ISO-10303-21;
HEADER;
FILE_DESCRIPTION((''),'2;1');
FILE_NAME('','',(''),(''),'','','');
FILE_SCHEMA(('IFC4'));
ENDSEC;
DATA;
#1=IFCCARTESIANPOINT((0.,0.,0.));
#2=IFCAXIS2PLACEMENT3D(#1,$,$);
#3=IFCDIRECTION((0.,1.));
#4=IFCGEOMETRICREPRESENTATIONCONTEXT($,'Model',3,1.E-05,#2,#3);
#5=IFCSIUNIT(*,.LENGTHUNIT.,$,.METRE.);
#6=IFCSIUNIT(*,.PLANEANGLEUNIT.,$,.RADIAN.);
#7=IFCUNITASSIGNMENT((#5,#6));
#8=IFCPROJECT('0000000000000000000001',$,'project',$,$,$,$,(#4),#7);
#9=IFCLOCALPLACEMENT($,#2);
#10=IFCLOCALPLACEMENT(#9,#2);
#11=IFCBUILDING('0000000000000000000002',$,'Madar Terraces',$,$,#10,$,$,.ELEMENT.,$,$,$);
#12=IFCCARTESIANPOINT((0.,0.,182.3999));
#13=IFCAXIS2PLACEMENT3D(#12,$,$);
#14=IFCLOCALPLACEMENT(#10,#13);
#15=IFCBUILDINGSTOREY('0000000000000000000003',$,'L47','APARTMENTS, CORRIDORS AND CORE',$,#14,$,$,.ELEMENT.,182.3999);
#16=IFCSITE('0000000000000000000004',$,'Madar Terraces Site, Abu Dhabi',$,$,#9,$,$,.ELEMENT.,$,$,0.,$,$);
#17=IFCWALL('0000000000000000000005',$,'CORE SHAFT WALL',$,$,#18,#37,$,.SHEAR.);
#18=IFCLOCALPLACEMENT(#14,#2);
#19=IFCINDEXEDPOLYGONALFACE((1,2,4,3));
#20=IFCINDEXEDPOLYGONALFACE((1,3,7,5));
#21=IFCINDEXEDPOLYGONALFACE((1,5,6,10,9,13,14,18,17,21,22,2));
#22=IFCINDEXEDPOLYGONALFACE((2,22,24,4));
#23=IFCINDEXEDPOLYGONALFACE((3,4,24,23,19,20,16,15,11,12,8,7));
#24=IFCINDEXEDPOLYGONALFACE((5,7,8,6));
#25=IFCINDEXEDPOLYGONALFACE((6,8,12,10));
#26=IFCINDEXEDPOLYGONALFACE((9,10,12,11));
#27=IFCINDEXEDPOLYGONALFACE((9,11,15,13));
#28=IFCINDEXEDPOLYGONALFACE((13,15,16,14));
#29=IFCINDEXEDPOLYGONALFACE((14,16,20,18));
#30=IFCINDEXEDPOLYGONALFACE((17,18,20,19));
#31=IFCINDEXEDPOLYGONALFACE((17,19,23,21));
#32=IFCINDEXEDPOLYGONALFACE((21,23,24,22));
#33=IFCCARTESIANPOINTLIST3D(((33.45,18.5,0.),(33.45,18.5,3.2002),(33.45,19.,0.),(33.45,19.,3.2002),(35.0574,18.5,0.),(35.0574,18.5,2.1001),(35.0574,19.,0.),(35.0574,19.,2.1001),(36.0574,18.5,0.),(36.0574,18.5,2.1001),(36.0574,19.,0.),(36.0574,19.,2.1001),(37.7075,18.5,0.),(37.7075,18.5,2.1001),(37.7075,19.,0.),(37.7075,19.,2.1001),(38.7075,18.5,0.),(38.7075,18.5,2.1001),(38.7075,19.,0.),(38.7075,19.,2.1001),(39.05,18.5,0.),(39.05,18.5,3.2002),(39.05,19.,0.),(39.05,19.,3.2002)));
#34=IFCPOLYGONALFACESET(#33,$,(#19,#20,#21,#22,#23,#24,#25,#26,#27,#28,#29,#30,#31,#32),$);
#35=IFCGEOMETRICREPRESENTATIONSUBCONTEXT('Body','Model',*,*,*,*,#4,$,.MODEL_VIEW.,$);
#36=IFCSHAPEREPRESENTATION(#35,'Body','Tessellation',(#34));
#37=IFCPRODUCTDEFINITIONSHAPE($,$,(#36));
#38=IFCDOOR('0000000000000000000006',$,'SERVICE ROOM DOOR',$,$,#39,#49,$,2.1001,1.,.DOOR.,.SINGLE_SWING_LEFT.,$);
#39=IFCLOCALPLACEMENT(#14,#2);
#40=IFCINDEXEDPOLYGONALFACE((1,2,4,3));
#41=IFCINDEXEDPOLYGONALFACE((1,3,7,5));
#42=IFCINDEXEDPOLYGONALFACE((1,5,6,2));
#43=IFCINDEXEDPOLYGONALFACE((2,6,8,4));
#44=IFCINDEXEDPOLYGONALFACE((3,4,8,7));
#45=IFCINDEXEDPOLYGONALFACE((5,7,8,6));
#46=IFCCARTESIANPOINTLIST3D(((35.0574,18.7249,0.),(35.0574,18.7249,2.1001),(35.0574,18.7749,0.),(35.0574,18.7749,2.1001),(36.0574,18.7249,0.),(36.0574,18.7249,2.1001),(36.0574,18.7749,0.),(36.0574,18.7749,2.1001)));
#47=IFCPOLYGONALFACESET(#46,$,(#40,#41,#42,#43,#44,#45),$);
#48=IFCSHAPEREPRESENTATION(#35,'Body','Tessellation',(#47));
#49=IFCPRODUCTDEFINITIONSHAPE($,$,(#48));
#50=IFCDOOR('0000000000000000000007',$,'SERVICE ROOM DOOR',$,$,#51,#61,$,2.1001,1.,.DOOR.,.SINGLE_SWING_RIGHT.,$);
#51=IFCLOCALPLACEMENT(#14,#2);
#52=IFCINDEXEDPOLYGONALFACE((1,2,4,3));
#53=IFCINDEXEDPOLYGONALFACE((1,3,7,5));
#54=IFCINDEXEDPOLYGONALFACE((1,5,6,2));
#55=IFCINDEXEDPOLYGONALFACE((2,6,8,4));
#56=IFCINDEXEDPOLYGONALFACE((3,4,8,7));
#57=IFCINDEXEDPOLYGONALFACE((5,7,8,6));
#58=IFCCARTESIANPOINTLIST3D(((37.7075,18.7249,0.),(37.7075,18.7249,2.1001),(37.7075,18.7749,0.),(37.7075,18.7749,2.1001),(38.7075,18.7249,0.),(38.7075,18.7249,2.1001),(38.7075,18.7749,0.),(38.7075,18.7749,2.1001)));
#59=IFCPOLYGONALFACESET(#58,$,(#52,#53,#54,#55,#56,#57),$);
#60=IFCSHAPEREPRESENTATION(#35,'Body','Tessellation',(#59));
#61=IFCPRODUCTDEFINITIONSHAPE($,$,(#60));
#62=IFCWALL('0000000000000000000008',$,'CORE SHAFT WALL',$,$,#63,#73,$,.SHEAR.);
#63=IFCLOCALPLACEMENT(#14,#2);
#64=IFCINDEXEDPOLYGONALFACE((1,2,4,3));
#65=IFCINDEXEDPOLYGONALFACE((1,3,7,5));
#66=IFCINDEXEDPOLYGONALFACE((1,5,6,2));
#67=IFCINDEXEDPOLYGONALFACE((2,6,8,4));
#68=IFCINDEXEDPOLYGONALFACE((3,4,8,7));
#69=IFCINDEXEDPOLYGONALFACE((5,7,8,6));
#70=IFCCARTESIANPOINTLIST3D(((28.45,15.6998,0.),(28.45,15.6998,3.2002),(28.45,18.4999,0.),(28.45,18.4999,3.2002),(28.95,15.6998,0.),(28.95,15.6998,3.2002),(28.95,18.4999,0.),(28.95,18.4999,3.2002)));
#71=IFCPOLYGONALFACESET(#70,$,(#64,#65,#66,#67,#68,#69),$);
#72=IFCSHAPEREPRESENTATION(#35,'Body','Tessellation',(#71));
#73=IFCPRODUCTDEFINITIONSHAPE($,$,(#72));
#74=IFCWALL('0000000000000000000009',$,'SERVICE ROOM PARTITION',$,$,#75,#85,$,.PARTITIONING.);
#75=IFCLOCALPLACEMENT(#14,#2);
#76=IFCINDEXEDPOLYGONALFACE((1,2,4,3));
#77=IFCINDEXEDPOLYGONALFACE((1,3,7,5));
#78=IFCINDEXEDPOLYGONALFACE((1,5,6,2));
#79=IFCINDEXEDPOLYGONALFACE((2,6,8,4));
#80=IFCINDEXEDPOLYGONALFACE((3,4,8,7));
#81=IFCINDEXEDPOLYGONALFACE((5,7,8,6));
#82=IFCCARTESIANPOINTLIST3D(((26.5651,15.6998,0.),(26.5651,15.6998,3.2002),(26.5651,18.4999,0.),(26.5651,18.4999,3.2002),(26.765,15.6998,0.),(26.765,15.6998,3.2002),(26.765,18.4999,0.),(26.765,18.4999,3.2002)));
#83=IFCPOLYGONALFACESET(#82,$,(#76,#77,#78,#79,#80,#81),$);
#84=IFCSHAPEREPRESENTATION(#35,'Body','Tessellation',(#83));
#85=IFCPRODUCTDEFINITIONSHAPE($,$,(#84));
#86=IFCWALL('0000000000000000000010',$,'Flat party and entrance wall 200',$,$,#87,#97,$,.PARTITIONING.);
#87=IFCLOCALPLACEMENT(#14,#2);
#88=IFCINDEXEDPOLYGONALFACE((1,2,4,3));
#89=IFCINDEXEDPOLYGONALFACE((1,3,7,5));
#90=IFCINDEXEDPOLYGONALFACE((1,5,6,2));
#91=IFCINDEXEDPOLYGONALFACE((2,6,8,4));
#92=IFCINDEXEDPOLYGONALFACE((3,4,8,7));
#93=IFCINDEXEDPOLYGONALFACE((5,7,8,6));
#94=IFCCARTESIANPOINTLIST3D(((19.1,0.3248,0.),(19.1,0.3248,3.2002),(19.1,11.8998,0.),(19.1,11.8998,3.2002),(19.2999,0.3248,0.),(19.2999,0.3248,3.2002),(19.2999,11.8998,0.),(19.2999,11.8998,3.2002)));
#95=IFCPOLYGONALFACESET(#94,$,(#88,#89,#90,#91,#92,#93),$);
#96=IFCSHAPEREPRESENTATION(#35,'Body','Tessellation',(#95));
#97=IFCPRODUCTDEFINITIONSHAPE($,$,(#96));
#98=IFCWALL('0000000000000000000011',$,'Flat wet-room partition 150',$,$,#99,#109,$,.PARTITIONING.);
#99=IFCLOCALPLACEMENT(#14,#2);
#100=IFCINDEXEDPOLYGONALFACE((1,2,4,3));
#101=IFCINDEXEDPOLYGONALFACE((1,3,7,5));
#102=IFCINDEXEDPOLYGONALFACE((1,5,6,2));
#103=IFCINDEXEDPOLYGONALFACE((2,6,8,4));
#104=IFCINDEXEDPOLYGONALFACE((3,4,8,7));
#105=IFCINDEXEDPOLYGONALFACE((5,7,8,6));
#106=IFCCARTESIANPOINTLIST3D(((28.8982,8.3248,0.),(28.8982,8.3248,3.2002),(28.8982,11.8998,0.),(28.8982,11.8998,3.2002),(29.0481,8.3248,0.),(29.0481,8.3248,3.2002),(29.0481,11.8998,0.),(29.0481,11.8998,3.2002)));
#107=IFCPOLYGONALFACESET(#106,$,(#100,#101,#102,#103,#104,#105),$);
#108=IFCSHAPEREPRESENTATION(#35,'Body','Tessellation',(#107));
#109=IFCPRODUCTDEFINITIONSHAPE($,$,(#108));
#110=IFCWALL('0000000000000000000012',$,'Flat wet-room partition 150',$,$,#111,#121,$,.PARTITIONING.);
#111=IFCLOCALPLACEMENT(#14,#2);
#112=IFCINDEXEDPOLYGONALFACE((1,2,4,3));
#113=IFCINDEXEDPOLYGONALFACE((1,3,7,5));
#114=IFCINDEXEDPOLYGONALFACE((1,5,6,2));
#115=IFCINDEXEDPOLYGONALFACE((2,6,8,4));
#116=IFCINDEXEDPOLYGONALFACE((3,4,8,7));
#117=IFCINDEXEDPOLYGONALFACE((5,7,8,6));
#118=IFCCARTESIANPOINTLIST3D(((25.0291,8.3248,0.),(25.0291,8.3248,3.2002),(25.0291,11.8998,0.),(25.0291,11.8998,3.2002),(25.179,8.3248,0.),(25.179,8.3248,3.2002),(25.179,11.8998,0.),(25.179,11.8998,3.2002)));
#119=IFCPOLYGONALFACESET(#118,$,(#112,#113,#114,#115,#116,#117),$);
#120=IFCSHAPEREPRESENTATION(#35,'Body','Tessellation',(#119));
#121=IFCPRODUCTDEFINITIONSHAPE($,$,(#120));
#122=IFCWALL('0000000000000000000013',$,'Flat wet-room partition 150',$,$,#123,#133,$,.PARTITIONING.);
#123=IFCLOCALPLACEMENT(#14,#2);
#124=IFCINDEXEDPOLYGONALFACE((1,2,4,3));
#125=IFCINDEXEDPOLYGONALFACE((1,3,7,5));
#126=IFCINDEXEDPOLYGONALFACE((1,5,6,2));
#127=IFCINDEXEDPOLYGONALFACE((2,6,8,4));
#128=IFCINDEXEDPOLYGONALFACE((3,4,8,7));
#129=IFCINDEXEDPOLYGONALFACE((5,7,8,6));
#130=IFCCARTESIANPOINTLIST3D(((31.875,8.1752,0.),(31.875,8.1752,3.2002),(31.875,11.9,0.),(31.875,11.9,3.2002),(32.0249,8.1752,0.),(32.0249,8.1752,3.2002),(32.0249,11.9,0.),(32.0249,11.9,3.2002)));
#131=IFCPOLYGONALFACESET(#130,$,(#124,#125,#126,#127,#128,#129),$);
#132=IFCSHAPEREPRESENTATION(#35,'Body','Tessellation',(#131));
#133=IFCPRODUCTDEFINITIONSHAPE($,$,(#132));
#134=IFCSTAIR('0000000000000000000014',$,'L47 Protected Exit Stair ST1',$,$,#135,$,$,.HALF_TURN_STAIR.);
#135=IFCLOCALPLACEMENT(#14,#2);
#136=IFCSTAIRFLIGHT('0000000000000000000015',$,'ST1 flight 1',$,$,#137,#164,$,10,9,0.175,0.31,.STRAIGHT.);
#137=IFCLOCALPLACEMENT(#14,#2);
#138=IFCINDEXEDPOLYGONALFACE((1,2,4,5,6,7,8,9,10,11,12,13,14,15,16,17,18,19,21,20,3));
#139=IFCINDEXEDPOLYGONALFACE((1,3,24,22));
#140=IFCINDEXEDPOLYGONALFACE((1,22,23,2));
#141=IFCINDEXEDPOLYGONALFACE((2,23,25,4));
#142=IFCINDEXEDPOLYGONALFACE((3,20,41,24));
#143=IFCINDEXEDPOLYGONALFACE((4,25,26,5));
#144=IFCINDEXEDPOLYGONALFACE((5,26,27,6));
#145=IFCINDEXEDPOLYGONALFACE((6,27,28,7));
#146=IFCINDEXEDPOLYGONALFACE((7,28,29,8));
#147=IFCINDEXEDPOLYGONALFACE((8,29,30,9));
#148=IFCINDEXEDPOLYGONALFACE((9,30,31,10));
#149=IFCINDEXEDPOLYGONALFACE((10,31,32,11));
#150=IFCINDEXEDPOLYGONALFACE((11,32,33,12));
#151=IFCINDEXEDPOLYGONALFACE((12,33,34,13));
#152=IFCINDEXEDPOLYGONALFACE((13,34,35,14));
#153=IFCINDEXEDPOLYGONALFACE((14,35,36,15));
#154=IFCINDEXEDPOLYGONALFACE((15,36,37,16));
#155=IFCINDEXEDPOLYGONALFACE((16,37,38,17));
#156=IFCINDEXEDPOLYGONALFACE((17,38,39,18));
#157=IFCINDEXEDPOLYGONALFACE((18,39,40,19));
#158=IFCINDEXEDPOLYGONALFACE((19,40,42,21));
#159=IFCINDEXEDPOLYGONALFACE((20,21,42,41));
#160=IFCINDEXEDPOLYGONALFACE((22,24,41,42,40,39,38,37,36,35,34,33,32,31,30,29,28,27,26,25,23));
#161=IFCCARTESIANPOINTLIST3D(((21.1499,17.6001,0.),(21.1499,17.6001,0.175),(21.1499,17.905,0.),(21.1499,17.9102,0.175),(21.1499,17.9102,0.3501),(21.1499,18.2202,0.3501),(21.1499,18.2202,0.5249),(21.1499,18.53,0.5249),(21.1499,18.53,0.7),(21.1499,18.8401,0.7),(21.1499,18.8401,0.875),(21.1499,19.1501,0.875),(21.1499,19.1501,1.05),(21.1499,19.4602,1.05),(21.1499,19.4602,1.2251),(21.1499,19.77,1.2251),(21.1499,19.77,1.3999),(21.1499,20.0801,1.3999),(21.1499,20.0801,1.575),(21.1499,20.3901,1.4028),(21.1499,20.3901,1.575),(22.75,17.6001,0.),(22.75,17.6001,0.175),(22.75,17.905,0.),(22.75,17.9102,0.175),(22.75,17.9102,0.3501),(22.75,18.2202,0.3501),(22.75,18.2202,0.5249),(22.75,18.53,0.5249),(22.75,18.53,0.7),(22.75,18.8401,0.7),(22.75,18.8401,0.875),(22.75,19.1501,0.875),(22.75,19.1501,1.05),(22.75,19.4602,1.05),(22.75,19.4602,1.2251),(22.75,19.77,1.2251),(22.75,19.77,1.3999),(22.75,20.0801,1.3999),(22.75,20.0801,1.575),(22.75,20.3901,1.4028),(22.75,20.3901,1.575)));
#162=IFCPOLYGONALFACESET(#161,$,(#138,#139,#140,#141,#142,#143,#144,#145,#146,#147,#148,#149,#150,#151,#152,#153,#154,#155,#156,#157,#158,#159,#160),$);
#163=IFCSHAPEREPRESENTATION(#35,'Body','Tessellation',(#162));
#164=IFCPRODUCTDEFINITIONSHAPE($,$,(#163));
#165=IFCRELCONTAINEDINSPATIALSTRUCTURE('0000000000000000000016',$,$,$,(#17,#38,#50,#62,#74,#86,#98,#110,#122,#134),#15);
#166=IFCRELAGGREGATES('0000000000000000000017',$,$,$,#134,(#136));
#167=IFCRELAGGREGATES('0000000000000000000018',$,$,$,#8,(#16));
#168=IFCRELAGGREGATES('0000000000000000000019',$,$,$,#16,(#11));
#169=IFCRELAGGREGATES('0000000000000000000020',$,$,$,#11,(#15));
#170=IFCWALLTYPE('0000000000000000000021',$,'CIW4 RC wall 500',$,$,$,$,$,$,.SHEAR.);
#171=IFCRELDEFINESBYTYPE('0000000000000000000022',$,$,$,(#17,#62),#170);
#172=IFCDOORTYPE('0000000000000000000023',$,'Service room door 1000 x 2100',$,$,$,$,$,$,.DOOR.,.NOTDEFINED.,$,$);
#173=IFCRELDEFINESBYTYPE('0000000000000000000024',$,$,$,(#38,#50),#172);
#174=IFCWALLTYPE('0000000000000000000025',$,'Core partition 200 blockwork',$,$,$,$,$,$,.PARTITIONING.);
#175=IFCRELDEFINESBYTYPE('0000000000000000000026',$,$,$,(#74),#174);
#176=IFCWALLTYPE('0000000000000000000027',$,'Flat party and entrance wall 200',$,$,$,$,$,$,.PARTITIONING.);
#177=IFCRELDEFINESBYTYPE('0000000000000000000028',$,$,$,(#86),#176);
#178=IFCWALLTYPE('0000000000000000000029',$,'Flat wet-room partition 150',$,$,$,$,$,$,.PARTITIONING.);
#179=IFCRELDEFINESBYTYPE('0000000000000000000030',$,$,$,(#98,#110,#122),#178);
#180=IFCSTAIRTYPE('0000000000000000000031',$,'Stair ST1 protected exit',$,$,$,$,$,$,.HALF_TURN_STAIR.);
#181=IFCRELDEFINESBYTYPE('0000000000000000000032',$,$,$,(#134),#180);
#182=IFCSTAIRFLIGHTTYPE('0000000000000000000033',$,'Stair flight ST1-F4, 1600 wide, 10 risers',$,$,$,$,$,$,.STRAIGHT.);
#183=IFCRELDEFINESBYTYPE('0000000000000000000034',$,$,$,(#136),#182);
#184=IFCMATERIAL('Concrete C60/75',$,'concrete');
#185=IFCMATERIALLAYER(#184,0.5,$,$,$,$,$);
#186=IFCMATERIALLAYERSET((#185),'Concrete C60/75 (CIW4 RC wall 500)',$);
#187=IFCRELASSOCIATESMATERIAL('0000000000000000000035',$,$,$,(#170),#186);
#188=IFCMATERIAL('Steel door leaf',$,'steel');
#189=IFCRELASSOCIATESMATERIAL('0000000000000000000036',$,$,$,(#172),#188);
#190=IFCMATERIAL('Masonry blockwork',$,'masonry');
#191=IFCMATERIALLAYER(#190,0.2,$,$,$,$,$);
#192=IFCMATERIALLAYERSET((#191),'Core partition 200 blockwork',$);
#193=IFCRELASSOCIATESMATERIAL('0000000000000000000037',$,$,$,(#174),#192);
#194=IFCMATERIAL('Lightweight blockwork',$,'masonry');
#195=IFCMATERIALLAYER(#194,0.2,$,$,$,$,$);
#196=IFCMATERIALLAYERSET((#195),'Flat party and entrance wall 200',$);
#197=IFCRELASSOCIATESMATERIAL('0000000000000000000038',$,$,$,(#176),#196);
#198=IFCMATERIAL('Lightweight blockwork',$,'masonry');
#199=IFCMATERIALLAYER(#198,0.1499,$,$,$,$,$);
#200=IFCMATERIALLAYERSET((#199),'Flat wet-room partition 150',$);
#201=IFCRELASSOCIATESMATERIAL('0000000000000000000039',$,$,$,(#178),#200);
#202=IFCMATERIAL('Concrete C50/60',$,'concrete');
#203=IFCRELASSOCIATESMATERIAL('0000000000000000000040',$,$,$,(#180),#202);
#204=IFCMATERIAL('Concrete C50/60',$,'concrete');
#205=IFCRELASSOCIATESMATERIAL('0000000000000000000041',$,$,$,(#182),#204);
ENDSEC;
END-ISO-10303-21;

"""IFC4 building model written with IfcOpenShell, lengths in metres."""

from ifc_helpers import new_model, si_unit, direction, frame, frame_2d, origin, place, context, subcontext, project, spatial, polyline, rectangle, outline, extrude, material, layer, layer_set, type_object, element, fill, aggregate, save


model = new_model("IFC4")

# Units and contexts
model_context = context("Model", 3, precision=1e-05, world=origin(), true_north=direction((0.0, 1.0)))
body_context = subcontext(model_context, "Body", "Model", "MODEL_VIEW")
ifc_project = project(units=[si_unit("LENGTHUNIT", "METRE"), si_unit("PLANEANGLEUNIT", "RADIAN")], contexts=[model_context])

# Site, building, storey
site_placement = place(None, origin())
site = spatial("IfcSite", under=ifc_project, at=site_placement, Name="Madar Terraces Site, Abu Dhabi", CompositionType="ELEMENT", RefElevation=0.0)
building_placement = place(site_placement, origin())
building = spatial("IfcBuilding", under=site, at=building_placement, Name="Madar Terraces", CompositionType="ELEMENT")
storey_placement = place(building_placement, frame((0.0, 0.0, 182.3999)))
storey = spatial("IfcBuildingStorey", under=building, at=storey_placement, Name="L47", Description="APARTMENTS, CORRIDORS AND CORE", CompositionType="ELEMENT", Elevation=182.3999)

# Shared definitions
ifc_material_1 = material(Name="Concrete C60/75", Category="concrete")
ifc_layer_1 = layer(ifc_material_1, 0.5)
ifc_layer_set_1 = layer_set([ifc_layer_1], Name="Concrete C60/75 (CIW4 RC wall 500)")
wall_type_1 = type_object("IfcWallType", Name="CIW4 RC wall 500", PredefinedType="SHEAR", material=ifc_layer_set_1)

# Wall, openings, doors
ifc_material_2 = material(Name="Steel door leaf", Category="steel")
door_type_1 = type_object("IfcDoorType", Name="Service room door 1000 x 2100", OperationType="NOTDEFINED", PredefinedType="DOOR", material=ifc_material_2)
wall_1_placement = place(storey_placement, frame((33.45, 18.75, 0.0), z_axis=(0.0, 0.0, 1.0), x_axis=(1.0, 0.0, 0.0)))
wall_1 = element("IfcWall", 1, at=wall_1_placement, inside=storey, type_object=wall_type_1, Name="CORE SHAFT WALL", PredefinedType="SHEAR", context=body_context, shape_type="SweptSolid", body=[
    extrude(rectangle(XDim=5.6001, YDim=0.5, at=frame_2d((2.8, 0.0))), origin(), (0.0, 0.0, 1.0), 3.2002),
])
opening_1_placement = place(wall_1_placement, frame((1.6074, 0.0, 0.0)))
opening_1 = element("IfcOpeningElement", 2, at=opening_1_placement, cuts=wall_1, PredefinedType="OPENING", context=body_context, shape_type="SweptSolid", body=[
    extrude(rectangle(XDim=1.0, YDim=2.1001, at=frame_2d((0.5, 1.05))), frame((0.0, 0.26, 0.0), z_axis=(0.0, -1.0, 0.0), x_axis=(1.0, 0.0, 0.0)), (0.0, 0.0, 1.0), 0.52),
])
opening_2_placement = place(wall_1_placement, frame((4.2576, 0.0, 0.0)))
opening_2 = element("IfcOpeningElement", 3, at=opening_2_placement, cuts=wall_1, PredefinedType="OPENING", context=body_context, shape_type="SweptSolid", body=[
    extrude(rectangle(XDim=1.0, YDim=2.1001, at=frame_2d((0.5, 1.05))), frame((0.0, 0.26, 0.0), z_axis=(0.0, -1.0, 0.0), x_axis=(1.0, 0.0, 0.0)), (0.0, 0.0, 1.0), 0.52),
])
door_1_placement = place(opening_1_placement, origin())
door_1 = element("IfcDoor", 4, at=door_1_placement, inside=storey, type_object=door_type_1, Name="SERVICE ROOM DOOR", OperationType="SINGLE_SWING_LEFT", OverallHeight=2.1001, OverallWidth=1.0, PredefinedType="DOOR", context=body_context, shape_type="SweptSolid", body=[
    extrude(rectangle(XDim=1.0, YDim=2.1001, at=frame_2d((0.5, 1.05))), frame((0.0, 0.0249, 0.0), z_axis=(0.0, -1.0, 0.0), x_axis=(1.0, 0.0, 0.0)), (0.0, 0.0, 1.0), 0.05),
])
fill(opening_1, door_1)
door_2_placement = place(opening_2_placement, origin())
door_2 = element("IfcDoor", 5, at=door_2_placement, inside=storey, type_object=door_type_1, Name="SERVICE ROOM DOOR", OperationType="SINGLE_SWING_RIGHT", OverallHeight=2.1001, OverallWidth=1.0, PredefinedType="DOOR", context=body_context, shape_type="SweptSolid", body=[
    extrude(rectangle(XDim=1.0, YDim=2.1001, at=frame_2d((0.5, 1.05))), frame((0.0, 0.0249, 0.0), z_axis=(0.0, -1.0, 0.0), x_axis=(1.0, 0.0, 0.0)), (0.0, 0.0, 1.0), 0.05),
])
fill(opening_2, door_2)

# Walls
wall_2_placement = place(storey_placement, frame((28.7, 15.7, 0.0), z_axis=(0.0, 0.0, 1.0), x_axis=(0.0, 1.0, 0.0)))
element("IfcWall", 6, at=wall_2_placement, inside=storey, type_object=wall_type_1, Name="CORE SHAFT WALL", PredefinedType="SHEAR", context=body_context, shape_type="SweptSolid", body=[
    extrude(rectangle(XDim=2.8, YDim=0.5, at=frame_2d((1.3999, 0.0))), origin(), (0.0, 0.0, 1.0), 3.2002),
])
ifc_material_3 = material(Name="Masonry blockwork", Category="masonry")
ifc_layer_2 = layer(ifc_material_3, 0.2)
ifc_layer_set_2 = layer_set([ifc_layer_2], Name="Core partition 200 blockwork")
wall_type_2 = type_object("IfcWallType", Name="Core partition 200 blockwork", PredefinedType="PARTITIONING", material=ifc_layer_set_2)
wall_3_placement = place(storey_placement, frame((26.665, 15.7, 0.0), z_axis=(0.0, 0.0, 1.0), x_axis=(0.0, 1.0, 0.0)))
element("IfcWall", 7, at=wall_3_placement, inside=storey, type_object=wall_type_2, Name="SERVICE ROOM PARTITION", PredefinedType="PARTITIONING", context=body_context, shape_type="SweptSolid", body=[
    extrude(rectangle(XDim=2.8, YDim=0.2, at=frame_2d((1.3999, 0.0))), origin(), (0.0, 0.0, 1.0), 3.2002),
])
ifc_material_4 = material(Name="Lightweight blockwork", Category="masonry")
ifc_layer_3 = layer(ifc_material_4, 0.2)
ifc_layer_set_3 = layer_set([ifc_layer_3], Name="Flat party and entrance wall 200")
wall_type_3 = type_object("IfcWallType", Name="Flat party and entrance wall 200", PredefinedType="PARTITIONING", material=ifc_layer_set_3)
wall_4_placement = place(storey_placement, frame((19.2, 11.8999, 0.0), z_axis=(0.0, 0.0, 1.0), x_axis=(0.0, -1.0, 0.0)))
element("IfcWall", 8, at=wall_4_placement, inside=storey, type_object=wall_type_3, Name="Flat party and entrance wall 200", PredefinedType="PARTITIONING", context=body_context, shape_type="SweptSolid", body=[
    extrude(rectangle(XDim=11.575, YDim=0.2, at=frame_2d((5.7876, 0.0))), origin(), (0.0, 0.0, 1.0), 3.2002),
])
ifc_material_5 = material(Name="Lightweight blockwork", Category="masonry")
ifc_layer_4 = layer(ifc_material_5, 0.1499)
ifc_layer_set_4 = layer_set([ifc_layer_4], Name="Flat wet-room partition 150")
wall_type_4 = type_object("IfcWallType", Name="Flat wet-room partition 150", PredefinedType="PARTITIONING", material=ifc_layer_set_4)
for number, where, z_axis, x_axis, name in (
    (9, (28.9731, 11.8999, 0.0), (0.0, 0.0, 1.0), (0.0, -1.0, 0.0), "Flat wet-room partition 150"),
    (10, (25.104, 11.8999, 0.0), (0.0, 0.0, 1.0), (0.0, -1.0, 0.0), "Flat wet-room partition 150"),
):
    element("IfcWall", number, at=place(storey_placement, frame(where, z_axis=z_axis, x_axis=x_axis)), inside=storey, type_object=wall_type_4, Name=name, PredefinedType="PARTITIONING", context=body_context, shape_type="SweptSolid", body=[
        extrude(rectangle(XDim=3.575, YDim=0.1499, at=frame_2d((1.7876, 0.0))), origin(), (0.0, 0.0, 1.0), 3.2002),
    ])
wall_5_placement = place(storey_placement, frame((31.95, 11.8999, 0.0), z_axis=(0.0, 0.0, 1.0), x_axis=(0.0, -1.0, 0.0)))
element("IfcWall", 11, at=wall_5_placement, inside=storey, type_object=wall_type_4, Name="Flat wet-room partition 150", PredefinedType="PARTITIONING", context=body_context, shape_type="SweptSolid", body=[
    extrude(rectangle(XDim=3.7249, YDim=0.1499, at=frame_2d((1.8623, 0.0))), origin(), (0.0, 0.0, 1.0), 3.2002),
])

# Stair, stair flight
ifc_material_6 = material(Name="Concrete C50/60", Category="concrete")
stair_type = type_object("IfcStairType", Name="Stair ST1 protected exit", PredefinedType="HALF_TURN_STAIR", material=ifc_material_6)
stair_placement = place(storey_placement, origin())
stair = element("IfcStair", 12, at=stair_placement, inside=storey, type_object=stair_type, Name="L47 Protected Exit Stair ST1", PredefinedType="HALF_TURN_STAIR")
ifc_material_7 = material(Name="Concrete C50/60", Category="concrete")
stair_flight_type = type_object("IfcStairFlightType", Name="Stair flight ST1-F4, 1600 wide, 10 risers", PredefinedType="STRAIGHT", material=ifc_material_7)
stair_flight_1_placement = place(storey_placement, frame((21.95, 17.6001, 0.0), z_axis=(0.0, 0.0, 1.0), x_axis=(0.0, 1.0, 0.0)))
stair_flight_1 = element("IfcStairFlight", 13, at=stair_flight_1_placement, type_object=stair_flight_type, Name="ST1 flight 1", NumberOfRisers=10, NumberOfTreads=9, PredefinedType="STRAIGHT", RiserHeight=0.175, TreadLength=0.31, context=body_context, shape_type="SweptSolid", body=[
    extrude(outline(polyline([(0.0, 0.0), (0.0, 0.175), (0.3101, 0.175), (0.3101, 0.3501), (0.6201, 0.3501), (0.6201, 0.5249), (0.9299, 0.5249), (0.9299, 0.7), (1.24, 0.7), (1.24, 0.875), (1.55, 0.875), (1.55, 1.05), (1.8601, 1.05), (1.8601, 1.2251), (2.1699, 1.2251), (2.1699, 1.3999), (2.48, 1.3999), (2.48, 1.575), (2.79, 1.575), (2.79, 1.75), (2.79, 1.4028), (0.3049, 0.0), (0.0, 0.0)])), frame((0.0, 0.8, 0.0), z_axis=(0.0, -1.0, 0.0), x_axis=(1.0, 0.0, 0.0)), (0.0, 0.0, 1.0), 1.6001),
])
aggregate(stair, [stair_flight_1])

save(model, "model.ifc")
